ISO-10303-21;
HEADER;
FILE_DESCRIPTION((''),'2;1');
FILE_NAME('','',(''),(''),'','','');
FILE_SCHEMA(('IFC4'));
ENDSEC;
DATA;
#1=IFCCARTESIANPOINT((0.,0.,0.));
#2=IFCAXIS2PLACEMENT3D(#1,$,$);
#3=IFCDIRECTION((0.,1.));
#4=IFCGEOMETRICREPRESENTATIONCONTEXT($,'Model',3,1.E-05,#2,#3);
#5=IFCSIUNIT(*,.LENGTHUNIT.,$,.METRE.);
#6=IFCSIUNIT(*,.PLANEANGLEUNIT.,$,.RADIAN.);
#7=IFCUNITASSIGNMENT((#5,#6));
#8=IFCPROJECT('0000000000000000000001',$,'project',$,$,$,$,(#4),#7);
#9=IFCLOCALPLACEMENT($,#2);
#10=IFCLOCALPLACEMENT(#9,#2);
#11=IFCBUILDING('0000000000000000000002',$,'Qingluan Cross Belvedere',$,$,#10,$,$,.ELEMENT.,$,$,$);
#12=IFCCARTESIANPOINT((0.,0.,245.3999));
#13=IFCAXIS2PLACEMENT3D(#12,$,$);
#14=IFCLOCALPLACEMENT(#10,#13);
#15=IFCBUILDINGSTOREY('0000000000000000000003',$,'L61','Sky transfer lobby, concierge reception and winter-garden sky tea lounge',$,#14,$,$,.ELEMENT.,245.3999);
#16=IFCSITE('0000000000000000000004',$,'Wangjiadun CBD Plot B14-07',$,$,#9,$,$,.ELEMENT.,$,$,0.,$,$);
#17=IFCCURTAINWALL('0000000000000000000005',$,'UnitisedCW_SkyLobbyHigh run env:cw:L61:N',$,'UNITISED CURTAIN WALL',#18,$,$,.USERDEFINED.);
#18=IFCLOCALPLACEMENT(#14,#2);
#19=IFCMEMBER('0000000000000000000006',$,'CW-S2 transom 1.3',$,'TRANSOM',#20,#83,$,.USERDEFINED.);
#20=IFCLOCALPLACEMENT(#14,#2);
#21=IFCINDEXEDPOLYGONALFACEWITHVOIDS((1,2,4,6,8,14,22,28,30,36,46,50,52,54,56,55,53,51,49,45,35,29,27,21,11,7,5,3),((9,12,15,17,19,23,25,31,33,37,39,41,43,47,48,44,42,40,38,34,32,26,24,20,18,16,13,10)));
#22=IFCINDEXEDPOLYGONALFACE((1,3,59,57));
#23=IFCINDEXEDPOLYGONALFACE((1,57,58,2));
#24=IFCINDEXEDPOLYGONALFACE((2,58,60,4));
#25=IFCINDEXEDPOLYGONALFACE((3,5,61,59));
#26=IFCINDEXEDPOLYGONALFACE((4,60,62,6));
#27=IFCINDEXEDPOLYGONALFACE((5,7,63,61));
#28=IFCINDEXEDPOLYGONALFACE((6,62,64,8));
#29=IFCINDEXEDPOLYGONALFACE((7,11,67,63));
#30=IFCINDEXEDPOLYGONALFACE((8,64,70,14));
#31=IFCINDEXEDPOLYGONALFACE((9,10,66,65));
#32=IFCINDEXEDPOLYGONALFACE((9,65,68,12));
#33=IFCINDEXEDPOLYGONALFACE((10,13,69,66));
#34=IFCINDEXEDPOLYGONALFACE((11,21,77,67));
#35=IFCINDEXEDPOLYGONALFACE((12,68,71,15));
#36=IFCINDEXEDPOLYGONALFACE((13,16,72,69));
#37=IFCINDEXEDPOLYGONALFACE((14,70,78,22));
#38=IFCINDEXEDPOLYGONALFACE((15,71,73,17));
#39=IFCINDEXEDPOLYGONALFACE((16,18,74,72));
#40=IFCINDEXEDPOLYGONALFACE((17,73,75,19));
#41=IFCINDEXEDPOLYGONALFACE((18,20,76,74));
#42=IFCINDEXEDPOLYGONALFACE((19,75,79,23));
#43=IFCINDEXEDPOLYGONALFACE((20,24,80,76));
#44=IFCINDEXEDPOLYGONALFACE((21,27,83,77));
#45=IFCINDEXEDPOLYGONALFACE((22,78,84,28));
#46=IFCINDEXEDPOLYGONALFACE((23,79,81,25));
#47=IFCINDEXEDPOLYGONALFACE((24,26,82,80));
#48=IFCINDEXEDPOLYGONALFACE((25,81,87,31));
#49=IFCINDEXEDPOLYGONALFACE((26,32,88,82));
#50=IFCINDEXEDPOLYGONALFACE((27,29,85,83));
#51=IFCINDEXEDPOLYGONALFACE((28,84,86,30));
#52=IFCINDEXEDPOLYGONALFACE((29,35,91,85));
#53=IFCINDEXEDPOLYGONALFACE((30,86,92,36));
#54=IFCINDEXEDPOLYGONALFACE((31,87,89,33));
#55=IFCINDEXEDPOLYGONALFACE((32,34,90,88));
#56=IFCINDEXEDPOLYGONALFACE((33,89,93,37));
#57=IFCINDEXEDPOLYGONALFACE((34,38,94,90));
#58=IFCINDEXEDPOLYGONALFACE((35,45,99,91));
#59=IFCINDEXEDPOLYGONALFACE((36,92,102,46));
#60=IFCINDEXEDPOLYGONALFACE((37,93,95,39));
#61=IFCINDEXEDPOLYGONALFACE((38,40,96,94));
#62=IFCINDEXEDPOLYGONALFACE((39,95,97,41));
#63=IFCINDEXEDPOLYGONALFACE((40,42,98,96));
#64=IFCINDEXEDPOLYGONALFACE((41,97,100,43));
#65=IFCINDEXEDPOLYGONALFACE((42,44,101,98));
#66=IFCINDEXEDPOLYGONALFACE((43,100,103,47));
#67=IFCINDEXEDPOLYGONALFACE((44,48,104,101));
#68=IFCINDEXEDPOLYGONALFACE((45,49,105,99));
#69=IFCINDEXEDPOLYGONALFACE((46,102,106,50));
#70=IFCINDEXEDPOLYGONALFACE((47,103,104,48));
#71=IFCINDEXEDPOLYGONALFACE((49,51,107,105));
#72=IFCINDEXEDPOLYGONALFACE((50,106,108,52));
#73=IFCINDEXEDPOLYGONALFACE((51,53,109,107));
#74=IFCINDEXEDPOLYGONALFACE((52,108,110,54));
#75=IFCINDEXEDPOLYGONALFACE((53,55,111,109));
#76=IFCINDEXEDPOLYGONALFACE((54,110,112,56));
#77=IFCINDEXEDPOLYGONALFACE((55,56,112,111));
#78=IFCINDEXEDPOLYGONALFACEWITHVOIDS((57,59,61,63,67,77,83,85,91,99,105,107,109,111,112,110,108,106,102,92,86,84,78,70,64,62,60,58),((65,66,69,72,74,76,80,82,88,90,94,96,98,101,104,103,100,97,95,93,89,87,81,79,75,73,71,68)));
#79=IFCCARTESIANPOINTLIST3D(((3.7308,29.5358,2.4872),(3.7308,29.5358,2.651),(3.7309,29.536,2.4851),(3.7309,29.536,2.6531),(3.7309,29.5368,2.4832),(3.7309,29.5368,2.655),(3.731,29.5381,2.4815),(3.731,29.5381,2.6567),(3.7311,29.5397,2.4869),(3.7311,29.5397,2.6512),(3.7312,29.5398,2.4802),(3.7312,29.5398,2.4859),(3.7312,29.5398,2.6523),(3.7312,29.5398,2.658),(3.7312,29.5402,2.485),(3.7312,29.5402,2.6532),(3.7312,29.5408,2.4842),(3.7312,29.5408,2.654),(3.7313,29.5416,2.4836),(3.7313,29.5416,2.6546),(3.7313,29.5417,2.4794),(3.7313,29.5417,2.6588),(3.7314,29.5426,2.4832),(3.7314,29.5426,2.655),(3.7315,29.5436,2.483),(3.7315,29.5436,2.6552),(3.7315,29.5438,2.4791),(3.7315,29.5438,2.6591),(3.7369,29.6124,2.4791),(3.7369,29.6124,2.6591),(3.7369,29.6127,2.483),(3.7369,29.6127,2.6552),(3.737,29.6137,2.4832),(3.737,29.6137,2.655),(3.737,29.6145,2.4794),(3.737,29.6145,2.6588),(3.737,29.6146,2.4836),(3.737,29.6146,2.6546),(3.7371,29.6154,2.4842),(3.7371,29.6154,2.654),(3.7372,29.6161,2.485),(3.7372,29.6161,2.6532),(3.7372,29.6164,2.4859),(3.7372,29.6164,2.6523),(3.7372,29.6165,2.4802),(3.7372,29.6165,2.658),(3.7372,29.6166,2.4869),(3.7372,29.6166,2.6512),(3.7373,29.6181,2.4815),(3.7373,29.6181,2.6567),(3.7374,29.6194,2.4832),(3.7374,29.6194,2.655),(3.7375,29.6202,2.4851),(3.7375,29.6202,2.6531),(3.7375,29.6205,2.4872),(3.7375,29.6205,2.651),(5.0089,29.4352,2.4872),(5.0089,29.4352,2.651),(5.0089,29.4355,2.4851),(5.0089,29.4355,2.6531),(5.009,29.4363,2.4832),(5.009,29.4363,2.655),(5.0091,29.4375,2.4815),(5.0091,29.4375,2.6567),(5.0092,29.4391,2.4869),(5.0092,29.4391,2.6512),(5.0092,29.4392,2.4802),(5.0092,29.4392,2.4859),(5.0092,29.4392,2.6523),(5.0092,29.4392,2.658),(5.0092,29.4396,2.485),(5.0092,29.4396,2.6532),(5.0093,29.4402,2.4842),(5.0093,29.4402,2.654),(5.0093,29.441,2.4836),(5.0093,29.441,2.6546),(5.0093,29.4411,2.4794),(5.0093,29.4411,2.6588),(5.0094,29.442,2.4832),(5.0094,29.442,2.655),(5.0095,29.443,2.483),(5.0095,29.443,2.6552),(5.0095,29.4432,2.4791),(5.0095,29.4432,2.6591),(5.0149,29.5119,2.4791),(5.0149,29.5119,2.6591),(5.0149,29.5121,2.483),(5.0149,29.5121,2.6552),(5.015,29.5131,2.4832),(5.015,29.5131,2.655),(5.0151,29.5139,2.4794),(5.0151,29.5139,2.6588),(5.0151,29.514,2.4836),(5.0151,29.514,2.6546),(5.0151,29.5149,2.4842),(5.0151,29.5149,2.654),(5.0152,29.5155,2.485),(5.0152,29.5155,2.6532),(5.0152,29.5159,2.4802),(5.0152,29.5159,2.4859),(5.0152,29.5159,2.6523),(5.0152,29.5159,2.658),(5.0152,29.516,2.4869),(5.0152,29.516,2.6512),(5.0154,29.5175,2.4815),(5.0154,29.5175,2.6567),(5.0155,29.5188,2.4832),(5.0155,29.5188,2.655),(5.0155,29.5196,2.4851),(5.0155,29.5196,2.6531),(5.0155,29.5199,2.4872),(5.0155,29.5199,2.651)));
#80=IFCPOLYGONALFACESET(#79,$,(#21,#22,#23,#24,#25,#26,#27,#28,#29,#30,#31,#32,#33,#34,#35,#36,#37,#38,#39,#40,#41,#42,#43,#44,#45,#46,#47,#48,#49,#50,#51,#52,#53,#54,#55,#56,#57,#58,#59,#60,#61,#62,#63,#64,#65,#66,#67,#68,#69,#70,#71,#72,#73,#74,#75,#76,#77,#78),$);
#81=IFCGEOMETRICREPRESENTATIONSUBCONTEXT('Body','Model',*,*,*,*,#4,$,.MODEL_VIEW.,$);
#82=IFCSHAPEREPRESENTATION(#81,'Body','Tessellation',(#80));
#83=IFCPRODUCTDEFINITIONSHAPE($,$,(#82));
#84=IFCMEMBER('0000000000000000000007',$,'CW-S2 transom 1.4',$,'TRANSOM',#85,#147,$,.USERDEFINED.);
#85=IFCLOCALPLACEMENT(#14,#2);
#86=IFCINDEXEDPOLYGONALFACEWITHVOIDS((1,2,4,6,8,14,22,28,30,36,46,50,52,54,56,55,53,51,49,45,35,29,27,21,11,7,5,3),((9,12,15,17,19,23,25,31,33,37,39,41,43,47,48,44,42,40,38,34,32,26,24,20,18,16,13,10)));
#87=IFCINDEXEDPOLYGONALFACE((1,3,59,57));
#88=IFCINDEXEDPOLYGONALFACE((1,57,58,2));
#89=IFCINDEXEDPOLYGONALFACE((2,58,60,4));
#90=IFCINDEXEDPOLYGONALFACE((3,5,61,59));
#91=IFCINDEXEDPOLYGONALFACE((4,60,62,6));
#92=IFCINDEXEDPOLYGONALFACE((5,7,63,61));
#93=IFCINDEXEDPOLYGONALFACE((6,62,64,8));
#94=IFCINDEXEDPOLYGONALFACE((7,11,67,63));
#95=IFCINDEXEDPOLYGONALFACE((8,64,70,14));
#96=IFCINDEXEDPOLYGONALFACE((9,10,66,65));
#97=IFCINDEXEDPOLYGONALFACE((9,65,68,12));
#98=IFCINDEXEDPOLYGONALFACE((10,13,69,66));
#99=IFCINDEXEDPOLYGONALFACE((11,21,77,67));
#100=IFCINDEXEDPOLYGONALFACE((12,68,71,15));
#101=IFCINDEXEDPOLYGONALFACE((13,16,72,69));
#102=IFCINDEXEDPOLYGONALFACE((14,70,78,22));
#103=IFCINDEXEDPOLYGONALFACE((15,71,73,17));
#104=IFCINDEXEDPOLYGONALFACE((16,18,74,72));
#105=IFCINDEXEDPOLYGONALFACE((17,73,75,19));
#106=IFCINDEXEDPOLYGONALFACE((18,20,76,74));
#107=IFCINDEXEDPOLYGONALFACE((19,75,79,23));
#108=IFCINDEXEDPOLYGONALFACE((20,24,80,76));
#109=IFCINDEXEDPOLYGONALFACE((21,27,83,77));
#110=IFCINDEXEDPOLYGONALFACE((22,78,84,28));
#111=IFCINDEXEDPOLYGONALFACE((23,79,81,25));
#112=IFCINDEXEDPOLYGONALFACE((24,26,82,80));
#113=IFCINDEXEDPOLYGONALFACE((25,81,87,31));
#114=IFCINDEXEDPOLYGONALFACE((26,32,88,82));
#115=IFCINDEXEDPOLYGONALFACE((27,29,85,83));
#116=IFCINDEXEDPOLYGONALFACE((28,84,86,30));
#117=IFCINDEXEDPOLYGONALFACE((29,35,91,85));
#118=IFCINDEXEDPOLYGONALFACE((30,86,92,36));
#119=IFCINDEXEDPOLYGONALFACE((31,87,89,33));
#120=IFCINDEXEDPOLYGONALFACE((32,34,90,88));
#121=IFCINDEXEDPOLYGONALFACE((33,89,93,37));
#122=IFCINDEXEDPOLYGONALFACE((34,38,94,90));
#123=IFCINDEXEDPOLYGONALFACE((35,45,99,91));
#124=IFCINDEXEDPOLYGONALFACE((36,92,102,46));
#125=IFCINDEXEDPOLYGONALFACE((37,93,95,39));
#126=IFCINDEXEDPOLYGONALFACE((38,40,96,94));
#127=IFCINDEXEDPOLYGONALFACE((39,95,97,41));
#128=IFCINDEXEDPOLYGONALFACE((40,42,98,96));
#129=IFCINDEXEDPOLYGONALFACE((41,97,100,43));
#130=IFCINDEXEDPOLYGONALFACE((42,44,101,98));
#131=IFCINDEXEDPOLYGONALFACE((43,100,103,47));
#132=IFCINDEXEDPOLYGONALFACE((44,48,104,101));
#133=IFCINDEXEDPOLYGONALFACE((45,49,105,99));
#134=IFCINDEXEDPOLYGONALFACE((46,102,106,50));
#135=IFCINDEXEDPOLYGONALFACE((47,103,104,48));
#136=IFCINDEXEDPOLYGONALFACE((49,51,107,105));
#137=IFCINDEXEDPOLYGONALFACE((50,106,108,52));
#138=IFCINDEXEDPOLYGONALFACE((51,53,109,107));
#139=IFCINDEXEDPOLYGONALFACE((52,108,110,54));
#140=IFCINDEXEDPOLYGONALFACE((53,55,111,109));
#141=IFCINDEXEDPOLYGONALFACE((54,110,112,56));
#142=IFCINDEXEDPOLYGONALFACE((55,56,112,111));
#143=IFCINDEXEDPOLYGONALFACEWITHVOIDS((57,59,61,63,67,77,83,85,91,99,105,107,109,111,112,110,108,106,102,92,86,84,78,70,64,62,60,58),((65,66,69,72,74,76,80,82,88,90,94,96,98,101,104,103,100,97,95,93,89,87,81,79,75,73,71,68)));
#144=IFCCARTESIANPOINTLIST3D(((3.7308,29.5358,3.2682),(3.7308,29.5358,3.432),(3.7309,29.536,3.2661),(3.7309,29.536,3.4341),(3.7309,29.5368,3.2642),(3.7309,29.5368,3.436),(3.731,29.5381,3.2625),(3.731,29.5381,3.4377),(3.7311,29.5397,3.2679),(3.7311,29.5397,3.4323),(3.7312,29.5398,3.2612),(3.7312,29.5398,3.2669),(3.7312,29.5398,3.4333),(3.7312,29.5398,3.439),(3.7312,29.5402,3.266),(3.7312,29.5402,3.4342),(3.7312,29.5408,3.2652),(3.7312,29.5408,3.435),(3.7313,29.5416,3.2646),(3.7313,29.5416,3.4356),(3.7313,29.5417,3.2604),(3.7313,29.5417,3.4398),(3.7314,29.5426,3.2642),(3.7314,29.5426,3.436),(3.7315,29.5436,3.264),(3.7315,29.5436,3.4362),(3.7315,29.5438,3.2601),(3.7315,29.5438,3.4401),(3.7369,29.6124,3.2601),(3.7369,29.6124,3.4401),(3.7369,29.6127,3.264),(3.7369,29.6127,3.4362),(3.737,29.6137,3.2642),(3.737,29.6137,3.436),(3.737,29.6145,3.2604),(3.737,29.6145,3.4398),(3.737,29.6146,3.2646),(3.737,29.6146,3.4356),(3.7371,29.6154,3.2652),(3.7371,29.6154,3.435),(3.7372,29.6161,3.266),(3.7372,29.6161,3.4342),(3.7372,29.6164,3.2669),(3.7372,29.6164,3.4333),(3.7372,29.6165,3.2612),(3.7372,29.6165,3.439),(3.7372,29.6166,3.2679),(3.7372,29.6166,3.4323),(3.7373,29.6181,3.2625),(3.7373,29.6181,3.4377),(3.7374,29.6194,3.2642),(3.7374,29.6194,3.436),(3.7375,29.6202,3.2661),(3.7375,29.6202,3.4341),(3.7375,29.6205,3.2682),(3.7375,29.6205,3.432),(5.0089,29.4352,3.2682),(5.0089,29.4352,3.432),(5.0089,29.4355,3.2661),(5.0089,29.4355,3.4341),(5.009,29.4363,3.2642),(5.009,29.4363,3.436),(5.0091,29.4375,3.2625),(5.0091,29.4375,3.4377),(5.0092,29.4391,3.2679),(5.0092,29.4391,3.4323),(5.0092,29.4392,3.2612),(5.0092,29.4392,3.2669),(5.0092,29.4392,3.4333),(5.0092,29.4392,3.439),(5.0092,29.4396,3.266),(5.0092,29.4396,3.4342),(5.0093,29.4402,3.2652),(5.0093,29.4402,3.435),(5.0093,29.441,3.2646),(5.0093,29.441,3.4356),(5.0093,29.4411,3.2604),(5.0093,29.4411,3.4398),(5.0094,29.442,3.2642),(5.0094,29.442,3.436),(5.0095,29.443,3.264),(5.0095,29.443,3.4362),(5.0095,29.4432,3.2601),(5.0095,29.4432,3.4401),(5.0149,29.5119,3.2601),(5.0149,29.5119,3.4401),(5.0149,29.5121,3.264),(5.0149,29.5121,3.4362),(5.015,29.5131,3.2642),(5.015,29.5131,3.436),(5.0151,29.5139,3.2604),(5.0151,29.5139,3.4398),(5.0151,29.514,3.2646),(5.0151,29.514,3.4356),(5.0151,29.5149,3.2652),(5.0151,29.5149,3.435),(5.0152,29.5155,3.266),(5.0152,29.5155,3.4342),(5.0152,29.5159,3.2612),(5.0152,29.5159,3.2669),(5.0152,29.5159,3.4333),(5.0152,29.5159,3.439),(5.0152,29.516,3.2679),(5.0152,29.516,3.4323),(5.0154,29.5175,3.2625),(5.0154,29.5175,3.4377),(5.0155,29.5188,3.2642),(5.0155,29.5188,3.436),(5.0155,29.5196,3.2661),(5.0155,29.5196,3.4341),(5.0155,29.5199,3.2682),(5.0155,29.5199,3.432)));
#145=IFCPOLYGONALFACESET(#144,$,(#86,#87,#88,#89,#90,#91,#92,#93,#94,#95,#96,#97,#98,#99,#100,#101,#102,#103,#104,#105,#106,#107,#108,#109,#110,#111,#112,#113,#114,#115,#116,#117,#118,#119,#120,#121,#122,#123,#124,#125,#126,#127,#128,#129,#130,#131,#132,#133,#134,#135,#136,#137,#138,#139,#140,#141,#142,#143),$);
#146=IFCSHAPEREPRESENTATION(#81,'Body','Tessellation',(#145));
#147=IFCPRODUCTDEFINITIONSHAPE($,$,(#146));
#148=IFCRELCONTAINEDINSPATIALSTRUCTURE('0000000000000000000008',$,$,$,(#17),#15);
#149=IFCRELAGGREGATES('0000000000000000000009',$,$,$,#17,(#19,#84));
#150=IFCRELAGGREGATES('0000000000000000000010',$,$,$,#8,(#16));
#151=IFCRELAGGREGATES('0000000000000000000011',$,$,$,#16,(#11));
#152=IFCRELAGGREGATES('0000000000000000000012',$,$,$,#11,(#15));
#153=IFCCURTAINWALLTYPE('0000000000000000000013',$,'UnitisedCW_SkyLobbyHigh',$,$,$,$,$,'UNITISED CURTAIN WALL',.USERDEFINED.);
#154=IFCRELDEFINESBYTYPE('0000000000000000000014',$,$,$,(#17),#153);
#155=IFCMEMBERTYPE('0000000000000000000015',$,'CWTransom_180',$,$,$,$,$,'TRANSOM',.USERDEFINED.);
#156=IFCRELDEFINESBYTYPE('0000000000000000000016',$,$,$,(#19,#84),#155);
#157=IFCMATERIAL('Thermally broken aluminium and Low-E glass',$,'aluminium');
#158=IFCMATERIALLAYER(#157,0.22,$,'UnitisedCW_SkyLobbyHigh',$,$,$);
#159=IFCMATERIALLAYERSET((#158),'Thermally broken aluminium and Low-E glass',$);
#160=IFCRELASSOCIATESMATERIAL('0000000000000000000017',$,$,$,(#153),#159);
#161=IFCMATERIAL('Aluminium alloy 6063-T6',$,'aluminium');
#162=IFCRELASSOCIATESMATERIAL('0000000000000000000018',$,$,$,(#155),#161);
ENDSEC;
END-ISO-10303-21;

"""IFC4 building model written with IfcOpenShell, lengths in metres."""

from ifc_helpers import new_model, si_unit, direction, frame, origin, origin_2d, place, context, subcontext, project, spatial, hollow_rectangle, extrude, material, layer, layer_set, material_profile, profile_set, type_object, element, aggregate, save


model = new_model("IFC4")

# Units and contexts
model_context = context("Model", 3, precision=1e-05, world=origin(), true_north=direction((0.0, 1.0)))
body_context = subcontext(model_context, "Body", "Model", "MODEL_VIEW")
ifc_project = project(units=[si_unit("LENGTHUNIT", "METRE"), si_unit("PLANEANGLEUNIT", "RADIAN")], contexts=[model_context])

# Site, building, storey
site_placement = place(None, origin())
site = spatial("IfcSite", under=ifc_project, at=site_placement, Name="Wangjiadun CBD Plot B14-07", CompositionType="ELEMENT", RefElevation=0.0)
building_placement = place(site_placement, origin())
building = spatial("IfcBuilding", under=site, at=building_placement, Name="Qingluan Cross Belvedere", CompositionType="ELEMENT")
storey_placement = place(building_placement, frame((0.0, 0.0, 245.3999)))
storey = spatial("IfcBuildingStorey", under=building, at=storey_placement, Name="L61", Description="Sky transfer lobby, concierge reception and winter-garden sky tea lounge", CompositionType="ELEMENT", Elevation=245.3999)

# Curtain wall, members
ifc_material_1 = material(Name="Thermally broken aluminium and Low-E glass", Category="aluminium")
ifc_layer_1 = layer(ifc_material_1, 0.22, Name="UnitisedCW_SkyLobbyHigh")
ifc_layer_set_1 = layer_set([ifc_layer_1], Name="Thermally broken aluminium and Low-E glass")
curtain_wall_type = type_object("IfcCurtainWallType", Name="UnitisedCW_SkyLobbyHigh", ElementType="UNITISED CURTAIN WALL", PredefinedType="USERDEFINED", material=ifc_layer_set_1)
curtain_wall_placement = place(storey_placement, origin())
curtain_wall = element("IfcCurtainWall", 1, at=curtain_wall_placement, inside=storey, type_object=curtain_wall_type, Name="UnitisedCW_SkyLobbyHigh run env:cw:L61:N", ObjectType="UNITISED CURTAIN WALL", PredefinedType="USERDEFINED")
ifc_material_2 = material(Name="Aluminium alloy 6063-T6", Category="aluminium")
ifc_material_profile_1 = material_profile(ifc_material_2, hollow_rectangle(XDim=0.085, YDim=0.1799, WallThickness=0.0039, InnerFilletRadius=0.0039, OuterFilletRadius=0.0081, at=origin_2d()), Name="CWT180x85x4")
ifc_profile_set_1 = profile_set([ifc_material_profile_1], Name="Aluminium alloy 6063-T6")
member_type_1 = type_object("IfcMemberType", Name="CWTransom_180", ElementType="TRANSOM", PredefinedType="USERDEFINED", material=ifc_profile_set_1)
member_1_placement = place(storey_placement, frame((5.0122, 29.4775, 2.5691), z_axis=(-0.996917, 0.078458, 0.0), x_axis=(-0.078458, -0.996917, 0.0)))
member_1 = element("IfcMember", 2, at=member_1_placement, type_object=member_type_1, Name="CW-S2 transom 1.3", ObjectType="TRANSOM", PredefinedType="USERDEFINED", context=body_context, shape_type="SweptSolid", body=[
    extrude(hollow_rectangle(XDim=0.085, YDim=0.1799, WallThickness=0.0039, InnerFilletRadius=0.0039, OuterFilletRadius=0.0081, at=origin_2d()), origin(), (0.0, 0.0, 1.0), 1.282),
])
member_2_placement = place(storey_placement, frame((5.0122, 29.4775, 3.3501), z_axis=(-0.996917, 0.078458, 0.0), x_axis=(-0.078458, -0.996917, 0.0)))
member_2 = element("IfcMember", 3, at=member_2_placement, type_object=member_type_1, Name="CW-S2 transom 1.4", ObjectType="TRANSOM", PredefinedType="USERDEFINED", context=body_context, shape_type="SweptSolid", body=[
    extrude(hollow_rectangle(XDim=0.085, YDim=0.1799, WallThickness=0.0039, InnerFilletRadius=0.0039, OuterFilletRadius=0.0081, at=origin_2d()), origin(), (0.0, 0.0, 1.0), 1.282),
])

aggregate(curtain_wall, [member_1, member_2])

save(model, "model.ifc")
